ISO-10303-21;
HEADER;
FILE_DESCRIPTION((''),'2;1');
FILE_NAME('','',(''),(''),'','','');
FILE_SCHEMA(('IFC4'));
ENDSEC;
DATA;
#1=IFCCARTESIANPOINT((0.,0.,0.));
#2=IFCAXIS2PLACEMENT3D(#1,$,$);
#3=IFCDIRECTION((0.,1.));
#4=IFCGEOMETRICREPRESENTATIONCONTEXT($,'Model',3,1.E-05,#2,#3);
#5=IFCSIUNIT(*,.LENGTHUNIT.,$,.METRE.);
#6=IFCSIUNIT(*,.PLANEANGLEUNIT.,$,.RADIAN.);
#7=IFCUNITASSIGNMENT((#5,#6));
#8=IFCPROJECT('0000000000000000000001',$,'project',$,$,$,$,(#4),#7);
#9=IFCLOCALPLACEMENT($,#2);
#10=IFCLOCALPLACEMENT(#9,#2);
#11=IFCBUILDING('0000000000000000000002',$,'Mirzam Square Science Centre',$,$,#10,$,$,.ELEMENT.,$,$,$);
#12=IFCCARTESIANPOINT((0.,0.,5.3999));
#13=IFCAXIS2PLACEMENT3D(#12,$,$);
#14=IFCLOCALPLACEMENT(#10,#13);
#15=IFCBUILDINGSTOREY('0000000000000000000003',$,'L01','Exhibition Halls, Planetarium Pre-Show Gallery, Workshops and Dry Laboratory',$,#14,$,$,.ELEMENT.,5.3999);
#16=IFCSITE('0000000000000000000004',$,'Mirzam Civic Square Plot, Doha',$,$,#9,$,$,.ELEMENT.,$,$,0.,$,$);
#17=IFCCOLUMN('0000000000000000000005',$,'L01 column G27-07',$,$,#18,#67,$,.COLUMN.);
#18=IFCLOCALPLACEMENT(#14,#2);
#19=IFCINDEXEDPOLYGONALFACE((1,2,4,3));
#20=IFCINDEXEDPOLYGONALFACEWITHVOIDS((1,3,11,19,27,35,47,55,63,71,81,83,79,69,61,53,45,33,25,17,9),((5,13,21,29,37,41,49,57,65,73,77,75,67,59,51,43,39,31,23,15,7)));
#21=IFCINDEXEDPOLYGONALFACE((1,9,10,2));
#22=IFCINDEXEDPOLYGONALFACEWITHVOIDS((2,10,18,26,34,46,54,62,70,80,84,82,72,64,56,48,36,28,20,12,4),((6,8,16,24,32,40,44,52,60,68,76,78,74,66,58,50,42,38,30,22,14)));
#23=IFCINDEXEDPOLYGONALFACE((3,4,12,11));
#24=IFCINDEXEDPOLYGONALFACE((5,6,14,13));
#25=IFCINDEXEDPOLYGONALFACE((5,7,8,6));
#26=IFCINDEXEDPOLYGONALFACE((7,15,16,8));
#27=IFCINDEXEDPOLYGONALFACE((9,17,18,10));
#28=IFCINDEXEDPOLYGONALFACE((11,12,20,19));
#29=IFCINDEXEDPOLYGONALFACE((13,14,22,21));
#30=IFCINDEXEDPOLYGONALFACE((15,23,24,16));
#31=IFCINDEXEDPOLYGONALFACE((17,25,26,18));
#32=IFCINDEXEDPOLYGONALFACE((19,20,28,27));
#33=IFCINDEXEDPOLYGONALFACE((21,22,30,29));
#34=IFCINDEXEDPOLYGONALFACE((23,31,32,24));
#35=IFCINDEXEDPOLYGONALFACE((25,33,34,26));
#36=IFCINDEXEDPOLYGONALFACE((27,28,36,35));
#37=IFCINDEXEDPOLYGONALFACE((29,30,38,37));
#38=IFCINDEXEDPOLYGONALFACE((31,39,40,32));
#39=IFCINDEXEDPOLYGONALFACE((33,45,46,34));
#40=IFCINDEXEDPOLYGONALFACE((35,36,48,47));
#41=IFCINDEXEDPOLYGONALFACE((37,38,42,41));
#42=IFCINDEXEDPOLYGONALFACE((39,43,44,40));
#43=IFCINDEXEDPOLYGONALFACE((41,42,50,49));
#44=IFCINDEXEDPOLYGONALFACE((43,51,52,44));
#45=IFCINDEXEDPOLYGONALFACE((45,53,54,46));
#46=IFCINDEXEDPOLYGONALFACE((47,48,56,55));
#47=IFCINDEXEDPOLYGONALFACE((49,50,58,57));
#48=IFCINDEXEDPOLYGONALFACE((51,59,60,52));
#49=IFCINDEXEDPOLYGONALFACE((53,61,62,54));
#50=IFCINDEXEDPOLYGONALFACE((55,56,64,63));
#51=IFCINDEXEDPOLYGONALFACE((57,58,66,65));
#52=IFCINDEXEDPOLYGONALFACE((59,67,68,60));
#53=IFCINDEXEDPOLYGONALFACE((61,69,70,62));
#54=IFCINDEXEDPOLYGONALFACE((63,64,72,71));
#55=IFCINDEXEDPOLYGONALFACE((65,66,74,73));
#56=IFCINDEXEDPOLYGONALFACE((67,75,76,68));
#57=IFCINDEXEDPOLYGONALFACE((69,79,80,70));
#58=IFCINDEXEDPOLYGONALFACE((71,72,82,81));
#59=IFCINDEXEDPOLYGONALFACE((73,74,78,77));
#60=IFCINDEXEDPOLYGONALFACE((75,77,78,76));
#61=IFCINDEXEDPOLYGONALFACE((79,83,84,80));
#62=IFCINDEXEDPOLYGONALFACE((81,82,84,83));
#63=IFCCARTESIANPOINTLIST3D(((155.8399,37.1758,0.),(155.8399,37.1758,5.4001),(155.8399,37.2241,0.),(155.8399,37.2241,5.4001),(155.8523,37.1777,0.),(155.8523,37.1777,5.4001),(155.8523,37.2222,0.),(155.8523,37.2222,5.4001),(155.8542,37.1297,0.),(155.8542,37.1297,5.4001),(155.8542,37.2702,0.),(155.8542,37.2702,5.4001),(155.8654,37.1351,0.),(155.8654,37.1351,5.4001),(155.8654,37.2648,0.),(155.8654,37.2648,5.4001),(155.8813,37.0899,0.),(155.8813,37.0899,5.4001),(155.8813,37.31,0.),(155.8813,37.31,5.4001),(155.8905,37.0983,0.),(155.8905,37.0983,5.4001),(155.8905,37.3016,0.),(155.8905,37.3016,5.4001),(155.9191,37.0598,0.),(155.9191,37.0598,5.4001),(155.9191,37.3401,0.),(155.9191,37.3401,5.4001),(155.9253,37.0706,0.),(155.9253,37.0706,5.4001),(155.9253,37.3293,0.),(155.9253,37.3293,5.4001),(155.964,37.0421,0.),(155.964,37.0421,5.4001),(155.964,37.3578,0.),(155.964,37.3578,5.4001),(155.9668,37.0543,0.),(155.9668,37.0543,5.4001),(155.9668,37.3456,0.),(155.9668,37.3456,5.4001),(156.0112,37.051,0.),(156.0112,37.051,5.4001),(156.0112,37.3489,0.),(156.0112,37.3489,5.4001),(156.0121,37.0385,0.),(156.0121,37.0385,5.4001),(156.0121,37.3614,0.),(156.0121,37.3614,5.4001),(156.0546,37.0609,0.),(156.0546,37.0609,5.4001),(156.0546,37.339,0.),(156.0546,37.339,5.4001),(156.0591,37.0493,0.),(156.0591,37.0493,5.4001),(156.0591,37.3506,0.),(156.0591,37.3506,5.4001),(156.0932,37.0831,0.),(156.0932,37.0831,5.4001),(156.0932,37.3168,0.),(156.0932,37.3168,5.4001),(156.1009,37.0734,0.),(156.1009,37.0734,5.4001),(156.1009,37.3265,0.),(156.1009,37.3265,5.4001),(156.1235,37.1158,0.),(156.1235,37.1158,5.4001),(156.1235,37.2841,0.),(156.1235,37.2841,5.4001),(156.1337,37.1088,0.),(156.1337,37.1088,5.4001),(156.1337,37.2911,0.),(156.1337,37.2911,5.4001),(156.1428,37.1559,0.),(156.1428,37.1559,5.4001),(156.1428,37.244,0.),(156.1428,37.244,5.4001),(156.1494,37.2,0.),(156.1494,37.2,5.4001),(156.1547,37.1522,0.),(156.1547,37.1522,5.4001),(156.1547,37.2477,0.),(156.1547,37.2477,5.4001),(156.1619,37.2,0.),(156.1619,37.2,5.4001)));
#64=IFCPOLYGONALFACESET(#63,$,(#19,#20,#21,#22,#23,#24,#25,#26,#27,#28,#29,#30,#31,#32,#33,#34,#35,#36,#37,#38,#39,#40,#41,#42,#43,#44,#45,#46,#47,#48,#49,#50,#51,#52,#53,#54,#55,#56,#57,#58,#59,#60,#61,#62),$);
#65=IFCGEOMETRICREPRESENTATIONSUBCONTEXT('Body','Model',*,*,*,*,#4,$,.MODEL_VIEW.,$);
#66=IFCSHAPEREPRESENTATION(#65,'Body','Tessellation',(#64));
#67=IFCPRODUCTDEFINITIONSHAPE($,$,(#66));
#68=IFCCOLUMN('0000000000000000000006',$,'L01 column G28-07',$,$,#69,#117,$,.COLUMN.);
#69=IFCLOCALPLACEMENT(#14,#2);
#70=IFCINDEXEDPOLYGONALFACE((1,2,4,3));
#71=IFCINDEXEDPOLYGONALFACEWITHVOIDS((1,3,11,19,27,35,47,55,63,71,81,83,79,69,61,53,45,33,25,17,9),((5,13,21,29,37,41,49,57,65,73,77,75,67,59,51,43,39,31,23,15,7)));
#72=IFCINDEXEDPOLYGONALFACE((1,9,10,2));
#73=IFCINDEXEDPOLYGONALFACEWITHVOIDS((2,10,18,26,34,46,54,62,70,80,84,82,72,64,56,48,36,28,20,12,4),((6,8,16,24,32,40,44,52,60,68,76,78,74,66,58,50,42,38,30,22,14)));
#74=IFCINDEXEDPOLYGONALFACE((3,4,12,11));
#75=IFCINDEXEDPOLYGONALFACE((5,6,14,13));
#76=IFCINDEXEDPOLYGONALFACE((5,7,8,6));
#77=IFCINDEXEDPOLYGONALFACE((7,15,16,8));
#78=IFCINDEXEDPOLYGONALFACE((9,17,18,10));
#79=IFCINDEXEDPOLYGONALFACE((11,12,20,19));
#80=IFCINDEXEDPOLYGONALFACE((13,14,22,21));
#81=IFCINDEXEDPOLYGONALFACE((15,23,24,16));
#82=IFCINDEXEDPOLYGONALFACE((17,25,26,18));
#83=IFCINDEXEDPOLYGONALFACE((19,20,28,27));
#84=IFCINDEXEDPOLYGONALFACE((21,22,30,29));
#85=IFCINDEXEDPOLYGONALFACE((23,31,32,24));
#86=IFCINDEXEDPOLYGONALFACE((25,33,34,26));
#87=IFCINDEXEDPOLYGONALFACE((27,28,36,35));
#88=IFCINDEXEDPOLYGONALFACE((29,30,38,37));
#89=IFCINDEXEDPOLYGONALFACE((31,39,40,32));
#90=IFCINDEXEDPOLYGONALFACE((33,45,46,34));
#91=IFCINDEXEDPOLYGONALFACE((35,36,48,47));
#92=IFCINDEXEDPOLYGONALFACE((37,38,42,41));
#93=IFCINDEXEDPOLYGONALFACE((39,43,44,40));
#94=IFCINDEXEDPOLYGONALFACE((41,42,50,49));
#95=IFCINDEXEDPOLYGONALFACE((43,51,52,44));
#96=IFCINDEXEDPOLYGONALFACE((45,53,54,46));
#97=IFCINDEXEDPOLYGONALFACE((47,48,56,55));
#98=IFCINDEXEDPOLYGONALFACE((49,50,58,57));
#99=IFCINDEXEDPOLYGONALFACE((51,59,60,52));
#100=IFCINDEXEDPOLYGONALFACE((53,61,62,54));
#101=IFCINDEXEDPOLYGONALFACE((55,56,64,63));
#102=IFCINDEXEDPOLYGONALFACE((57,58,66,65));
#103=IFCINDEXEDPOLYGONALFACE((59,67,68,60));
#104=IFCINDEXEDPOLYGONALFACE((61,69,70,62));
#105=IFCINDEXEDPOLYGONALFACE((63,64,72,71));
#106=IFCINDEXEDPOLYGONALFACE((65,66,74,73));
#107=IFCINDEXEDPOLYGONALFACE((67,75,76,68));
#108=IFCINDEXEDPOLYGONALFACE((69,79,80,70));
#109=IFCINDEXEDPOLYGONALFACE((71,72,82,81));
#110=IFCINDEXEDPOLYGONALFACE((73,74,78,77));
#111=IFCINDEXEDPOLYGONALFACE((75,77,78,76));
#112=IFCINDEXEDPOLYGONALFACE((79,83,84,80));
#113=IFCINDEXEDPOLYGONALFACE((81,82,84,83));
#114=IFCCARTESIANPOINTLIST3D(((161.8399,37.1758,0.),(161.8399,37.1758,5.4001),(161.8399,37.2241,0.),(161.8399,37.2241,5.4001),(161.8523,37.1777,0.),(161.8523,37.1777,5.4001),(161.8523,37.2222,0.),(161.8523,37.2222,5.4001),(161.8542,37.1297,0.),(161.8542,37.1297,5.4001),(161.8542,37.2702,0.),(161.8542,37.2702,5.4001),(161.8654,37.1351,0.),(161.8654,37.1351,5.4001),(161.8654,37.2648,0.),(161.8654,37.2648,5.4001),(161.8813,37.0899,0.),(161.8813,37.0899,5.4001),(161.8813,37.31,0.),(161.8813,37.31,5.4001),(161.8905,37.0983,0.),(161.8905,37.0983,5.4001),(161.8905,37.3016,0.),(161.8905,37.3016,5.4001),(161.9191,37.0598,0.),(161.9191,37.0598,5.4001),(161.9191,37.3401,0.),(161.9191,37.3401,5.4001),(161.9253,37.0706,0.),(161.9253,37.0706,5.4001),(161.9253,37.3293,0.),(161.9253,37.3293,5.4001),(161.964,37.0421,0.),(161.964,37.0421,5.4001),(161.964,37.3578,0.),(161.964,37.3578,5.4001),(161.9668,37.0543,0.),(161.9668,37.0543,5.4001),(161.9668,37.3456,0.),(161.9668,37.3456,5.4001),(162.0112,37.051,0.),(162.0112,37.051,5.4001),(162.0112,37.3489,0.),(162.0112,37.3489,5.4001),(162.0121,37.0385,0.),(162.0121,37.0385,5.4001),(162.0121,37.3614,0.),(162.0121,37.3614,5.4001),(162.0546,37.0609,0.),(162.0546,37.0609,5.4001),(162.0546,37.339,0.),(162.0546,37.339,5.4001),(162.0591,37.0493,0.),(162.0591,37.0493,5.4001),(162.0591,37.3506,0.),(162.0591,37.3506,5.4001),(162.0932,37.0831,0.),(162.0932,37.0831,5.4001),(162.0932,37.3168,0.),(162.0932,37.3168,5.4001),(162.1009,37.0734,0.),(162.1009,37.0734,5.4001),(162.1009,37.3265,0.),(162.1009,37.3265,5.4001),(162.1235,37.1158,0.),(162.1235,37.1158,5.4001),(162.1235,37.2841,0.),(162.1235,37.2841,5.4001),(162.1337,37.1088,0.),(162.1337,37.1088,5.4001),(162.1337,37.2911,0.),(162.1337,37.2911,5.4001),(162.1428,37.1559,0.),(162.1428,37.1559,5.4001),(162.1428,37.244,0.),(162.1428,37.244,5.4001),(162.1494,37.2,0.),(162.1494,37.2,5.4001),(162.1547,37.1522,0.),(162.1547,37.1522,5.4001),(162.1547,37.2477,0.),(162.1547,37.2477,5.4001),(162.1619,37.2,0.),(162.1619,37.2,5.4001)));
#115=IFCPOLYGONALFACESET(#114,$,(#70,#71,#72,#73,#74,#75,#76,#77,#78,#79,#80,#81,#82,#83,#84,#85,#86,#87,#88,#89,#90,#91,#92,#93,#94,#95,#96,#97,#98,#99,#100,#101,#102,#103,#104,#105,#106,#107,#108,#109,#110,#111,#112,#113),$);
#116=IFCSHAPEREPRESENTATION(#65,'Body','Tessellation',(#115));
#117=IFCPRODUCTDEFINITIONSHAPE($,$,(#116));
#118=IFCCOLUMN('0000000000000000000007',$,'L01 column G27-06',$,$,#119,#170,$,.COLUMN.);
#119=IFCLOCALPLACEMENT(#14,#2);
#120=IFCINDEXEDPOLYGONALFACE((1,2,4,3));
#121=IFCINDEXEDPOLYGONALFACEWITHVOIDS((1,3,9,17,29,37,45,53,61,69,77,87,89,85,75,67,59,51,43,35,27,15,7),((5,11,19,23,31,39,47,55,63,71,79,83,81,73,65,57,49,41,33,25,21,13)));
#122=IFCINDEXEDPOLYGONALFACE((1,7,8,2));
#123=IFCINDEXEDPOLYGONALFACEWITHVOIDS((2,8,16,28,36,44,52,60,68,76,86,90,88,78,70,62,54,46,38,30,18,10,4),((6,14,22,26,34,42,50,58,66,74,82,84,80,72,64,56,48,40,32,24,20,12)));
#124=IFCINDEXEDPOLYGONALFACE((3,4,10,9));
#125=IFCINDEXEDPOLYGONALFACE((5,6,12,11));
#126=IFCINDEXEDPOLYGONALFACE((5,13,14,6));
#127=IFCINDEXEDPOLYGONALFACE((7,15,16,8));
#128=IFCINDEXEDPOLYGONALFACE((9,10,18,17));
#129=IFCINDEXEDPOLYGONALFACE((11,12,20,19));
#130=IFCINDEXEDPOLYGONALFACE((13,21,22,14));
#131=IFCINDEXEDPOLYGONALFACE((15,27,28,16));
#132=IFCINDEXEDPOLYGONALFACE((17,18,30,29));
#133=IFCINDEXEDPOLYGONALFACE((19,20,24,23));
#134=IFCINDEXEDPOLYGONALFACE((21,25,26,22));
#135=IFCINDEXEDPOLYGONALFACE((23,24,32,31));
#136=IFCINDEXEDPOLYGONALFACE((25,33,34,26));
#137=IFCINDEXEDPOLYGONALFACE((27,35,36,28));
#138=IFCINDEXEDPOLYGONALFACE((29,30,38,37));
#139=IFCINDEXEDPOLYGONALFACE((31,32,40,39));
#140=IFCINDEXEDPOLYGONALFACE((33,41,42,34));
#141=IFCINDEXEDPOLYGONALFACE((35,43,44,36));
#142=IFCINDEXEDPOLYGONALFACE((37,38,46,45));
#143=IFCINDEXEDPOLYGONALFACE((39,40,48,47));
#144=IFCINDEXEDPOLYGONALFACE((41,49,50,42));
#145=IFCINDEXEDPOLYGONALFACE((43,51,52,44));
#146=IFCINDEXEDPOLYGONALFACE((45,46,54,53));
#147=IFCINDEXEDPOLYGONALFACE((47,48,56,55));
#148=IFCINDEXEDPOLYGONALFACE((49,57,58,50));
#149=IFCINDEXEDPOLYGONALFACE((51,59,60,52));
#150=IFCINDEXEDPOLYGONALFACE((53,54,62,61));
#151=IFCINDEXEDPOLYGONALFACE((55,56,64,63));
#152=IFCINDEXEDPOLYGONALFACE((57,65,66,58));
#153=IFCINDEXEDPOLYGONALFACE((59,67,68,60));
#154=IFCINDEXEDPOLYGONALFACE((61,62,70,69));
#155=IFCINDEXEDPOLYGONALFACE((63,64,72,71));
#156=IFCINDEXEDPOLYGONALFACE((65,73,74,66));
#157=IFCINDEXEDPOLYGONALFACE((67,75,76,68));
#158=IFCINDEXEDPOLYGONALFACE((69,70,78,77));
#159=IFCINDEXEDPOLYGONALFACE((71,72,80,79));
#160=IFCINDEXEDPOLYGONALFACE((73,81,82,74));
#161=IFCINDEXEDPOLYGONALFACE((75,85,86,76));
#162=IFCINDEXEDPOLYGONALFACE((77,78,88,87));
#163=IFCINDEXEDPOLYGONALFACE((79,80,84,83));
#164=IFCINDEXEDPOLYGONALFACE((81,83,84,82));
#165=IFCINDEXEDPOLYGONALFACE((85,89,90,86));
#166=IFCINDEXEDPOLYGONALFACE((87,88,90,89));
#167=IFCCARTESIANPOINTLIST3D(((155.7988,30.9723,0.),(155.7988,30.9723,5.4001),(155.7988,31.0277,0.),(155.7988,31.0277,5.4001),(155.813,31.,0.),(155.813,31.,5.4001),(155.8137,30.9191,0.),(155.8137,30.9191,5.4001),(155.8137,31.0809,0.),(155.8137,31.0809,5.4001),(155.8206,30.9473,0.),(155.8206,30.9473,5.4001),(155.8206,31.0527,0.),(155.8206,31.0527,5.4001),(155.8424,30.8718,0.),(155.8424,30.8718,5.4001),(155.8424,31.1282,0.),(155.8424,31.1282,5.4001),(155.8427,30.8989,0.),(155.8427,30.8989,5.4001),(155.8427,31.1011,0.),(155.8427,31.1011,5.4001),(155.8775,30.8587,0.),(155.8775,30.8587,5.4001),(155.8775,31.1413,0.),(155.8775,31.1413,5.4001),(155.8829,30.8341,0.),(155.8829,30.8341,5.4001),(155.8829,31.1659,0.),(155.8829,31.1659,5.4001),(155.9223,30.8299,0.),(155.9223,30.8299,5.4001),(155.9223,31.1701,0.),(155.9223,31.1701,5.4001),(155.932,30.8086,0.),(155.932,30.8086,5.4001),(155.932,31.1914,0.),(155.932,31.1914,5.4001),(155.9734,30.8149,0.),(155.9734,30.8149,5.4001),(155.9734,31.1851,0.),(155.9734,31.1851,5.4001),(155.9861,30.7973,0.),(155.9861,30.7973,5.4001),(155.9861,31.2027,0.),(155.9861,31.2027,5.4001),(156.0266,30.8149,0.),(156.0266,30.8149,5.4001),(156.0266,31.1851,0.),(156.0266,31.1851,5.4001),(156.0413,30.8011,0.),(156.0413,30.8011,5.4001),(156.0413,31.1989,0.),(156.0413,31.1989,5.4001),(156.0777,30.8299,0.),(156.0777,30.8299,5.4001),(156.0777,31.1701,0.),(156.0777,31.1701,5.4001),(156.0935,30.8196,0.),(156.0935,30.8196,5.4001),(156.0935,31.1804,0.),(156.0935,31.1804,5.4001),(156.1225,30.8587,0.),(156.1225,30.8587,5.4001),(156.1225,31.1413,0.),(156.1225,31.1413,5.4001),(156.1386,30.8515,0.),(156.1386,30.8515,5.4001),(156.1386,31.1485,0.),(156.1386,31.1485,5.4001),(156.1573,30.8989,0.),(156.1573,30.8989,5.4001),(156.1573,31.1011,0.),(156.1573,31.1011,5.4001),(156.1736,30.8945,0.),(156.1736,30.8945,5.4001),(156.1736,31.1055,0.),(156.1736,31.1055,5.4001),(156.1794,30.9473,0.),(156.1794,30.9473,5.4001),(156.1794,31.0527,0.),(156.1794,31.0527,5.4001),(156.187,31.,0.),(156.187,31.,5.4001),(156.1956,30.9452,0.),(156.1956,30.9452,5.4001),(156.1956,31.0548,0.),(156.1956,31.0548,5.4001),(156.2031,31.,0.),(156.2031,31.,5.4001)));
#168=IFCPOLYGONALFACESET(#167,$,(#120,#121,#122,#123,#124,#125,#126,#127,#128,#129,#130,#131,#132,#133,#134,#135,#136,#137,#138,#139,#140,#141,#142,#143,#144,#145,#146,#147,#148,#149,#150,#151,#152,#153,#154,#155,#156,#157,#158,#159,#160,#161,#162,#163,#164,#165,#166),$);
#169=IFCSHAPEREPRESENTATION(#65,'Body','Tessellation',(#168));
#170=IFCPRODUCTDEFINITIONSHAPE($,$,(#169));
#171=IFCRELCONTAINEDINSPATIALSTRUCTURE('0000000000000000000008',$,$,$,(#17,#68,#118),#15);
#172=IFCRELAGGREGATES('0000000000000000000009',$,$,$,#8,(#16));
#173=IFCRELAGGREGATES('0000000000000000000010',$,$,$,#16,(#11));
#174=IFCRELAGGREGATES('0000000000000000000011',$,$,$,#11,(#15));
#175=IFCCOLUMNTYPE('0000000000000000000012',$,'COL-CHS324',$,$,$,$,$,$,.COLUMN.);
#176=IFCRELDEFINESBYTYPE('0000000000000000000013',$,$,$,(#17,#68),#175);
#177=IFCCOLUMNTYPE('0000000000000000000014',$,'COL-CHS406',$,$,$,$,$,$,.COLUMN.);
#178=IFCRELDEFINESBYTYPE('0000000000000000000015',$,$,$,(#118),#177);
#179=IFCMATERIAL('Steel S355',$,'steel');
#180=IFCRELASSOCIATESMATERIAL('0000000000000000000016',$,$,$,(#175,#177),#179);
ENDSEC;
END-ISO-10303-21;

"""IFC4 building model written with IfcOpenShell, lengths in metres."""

from ifc_helpers import new_model, si_unit, direction, frame, origin, origin_2d, place, context, subcontext, project, spatial, hollow_circle, extrude, material, material_profile, profile_set, type_object, element, save


model = new_model("IFC4")

# Units and contexts
model_context = context("Model", 3, precision=1e-05, world=origin(), true_north=direction((0.0, 1.0)))
body_context = subcontext(model_context, "Body", "Model", "MODEL_VIEW")
ifc_project = project(units=[si_unit("LENGTHUNIT", "METRE"), si_unit("PLANEANGLEUNIT", "RADIAN")], contexts=[model_context])

# Site, building, storey
site_placement = place(None, origin())
site = spatial("IfcSite", under=ifc_project, at=site_placement, Name="Mirzam Civic Square Plot, Doha", CompositionType="ELEMENT", RefElevation=0.0)
building_placement = place(site_placement, origin())
building = spatial("IfcBuilding", under=site, at=building_placement, Name="Mirzam Square Science Centre", CompositionType="ELEMENT")
storey_placement = place(building_placement, frame((0.0, 0.0, 5.3999)))
storey = spatial("IfcBuildingStorey", under=building, at=storey_placement, Name="L01", Description="Exhibition Halls, Planetarium Pre-Show Gallery, Workshops and Dry Laboratory", CompositionType="ELEMENT", Elevation=5.3999)

# Columns
ifc_material_1 = material(Name="Steel S355", Category="steel")
ifc_material_profile_1 = material_profile(ifc_material_1, hollow_circle(Radius=0.1619, WallThickness=0.0125, at=origin_2d()), Name="323.9x12.5CHS")
ifc_profile_set_1 = profile_set([ifc_material_profile_1], Name="Steel S355")
column_type_1 = type_object("IfcColumnType", Name="COL-CHS324", PredefinedType="COLUMN", material=ifc_profile_set_1)
for number, where, z_axis, x_axis, name in (
    (1, (156.0, 37.2, 0.0), (0.0, 0.0, 1.0), (1.0, 0.0, 0.0), "L01 column G27-07"),
    (2, (162.0, 37.2, 0.0), (0.0, 0.0, 1.0), (1.0, 0.0, 0.0), "L01 column G28-07"),
):
    element("IfcColumn", number, at=place(storey_placement, frame(where, z_axis=z_axis, x_axis=x_axis)), inside=storey, type_object=column_type_1, Name=name, PredefinedType="COLUMN", context=body_context, shape_type="SweptSolid", body=[
        extrude(hollow_circle(Radius=0.1619, WallThickness=0.0125, at=origin_2d()), origin(), (0.0, 0.0, 1.0), 5.4001),
    ])
ifc_material_profile_2 = material_profile(ifc_material_1, hollow_circle(Radius=0.2031, WallThickness=0.0161, at=origin_2d()), Name="406.4x16.0CHS")
ifc_profile_set_2 = profile_set([ifc_material_profile_2], Name="Steel S355")
column_type_2 = type_object("IfcColumnType", Name="COL-CHS406", PredefinedType="COLUMN", material=ifc_profile_set_2)
for number, where, z_axis, x_axis, name in (
    (3, (156.0, 31.0, 0.0), (0.0, 0.0, 1.0), (1.0, 0.0, 0.0), "L01 column G27-06"),
):
    element("IfcColumn", number, at=place(storey_placement, frame(where, z_axis=z_axis, x_axis=x_axis)), inside=storey, type_object=column_type_2, Name=name, PredefinedType="COLUMN", context=body_context, shape_type="SweptSolid", body=[
        extrude(hollow_circle(Radius=0.2031, WallThickness=0.0161, at=origin_2d()), origin(), (0.0, 0.0, 1.0), 5.4001),
    ])

save(model, "model.ifc")
